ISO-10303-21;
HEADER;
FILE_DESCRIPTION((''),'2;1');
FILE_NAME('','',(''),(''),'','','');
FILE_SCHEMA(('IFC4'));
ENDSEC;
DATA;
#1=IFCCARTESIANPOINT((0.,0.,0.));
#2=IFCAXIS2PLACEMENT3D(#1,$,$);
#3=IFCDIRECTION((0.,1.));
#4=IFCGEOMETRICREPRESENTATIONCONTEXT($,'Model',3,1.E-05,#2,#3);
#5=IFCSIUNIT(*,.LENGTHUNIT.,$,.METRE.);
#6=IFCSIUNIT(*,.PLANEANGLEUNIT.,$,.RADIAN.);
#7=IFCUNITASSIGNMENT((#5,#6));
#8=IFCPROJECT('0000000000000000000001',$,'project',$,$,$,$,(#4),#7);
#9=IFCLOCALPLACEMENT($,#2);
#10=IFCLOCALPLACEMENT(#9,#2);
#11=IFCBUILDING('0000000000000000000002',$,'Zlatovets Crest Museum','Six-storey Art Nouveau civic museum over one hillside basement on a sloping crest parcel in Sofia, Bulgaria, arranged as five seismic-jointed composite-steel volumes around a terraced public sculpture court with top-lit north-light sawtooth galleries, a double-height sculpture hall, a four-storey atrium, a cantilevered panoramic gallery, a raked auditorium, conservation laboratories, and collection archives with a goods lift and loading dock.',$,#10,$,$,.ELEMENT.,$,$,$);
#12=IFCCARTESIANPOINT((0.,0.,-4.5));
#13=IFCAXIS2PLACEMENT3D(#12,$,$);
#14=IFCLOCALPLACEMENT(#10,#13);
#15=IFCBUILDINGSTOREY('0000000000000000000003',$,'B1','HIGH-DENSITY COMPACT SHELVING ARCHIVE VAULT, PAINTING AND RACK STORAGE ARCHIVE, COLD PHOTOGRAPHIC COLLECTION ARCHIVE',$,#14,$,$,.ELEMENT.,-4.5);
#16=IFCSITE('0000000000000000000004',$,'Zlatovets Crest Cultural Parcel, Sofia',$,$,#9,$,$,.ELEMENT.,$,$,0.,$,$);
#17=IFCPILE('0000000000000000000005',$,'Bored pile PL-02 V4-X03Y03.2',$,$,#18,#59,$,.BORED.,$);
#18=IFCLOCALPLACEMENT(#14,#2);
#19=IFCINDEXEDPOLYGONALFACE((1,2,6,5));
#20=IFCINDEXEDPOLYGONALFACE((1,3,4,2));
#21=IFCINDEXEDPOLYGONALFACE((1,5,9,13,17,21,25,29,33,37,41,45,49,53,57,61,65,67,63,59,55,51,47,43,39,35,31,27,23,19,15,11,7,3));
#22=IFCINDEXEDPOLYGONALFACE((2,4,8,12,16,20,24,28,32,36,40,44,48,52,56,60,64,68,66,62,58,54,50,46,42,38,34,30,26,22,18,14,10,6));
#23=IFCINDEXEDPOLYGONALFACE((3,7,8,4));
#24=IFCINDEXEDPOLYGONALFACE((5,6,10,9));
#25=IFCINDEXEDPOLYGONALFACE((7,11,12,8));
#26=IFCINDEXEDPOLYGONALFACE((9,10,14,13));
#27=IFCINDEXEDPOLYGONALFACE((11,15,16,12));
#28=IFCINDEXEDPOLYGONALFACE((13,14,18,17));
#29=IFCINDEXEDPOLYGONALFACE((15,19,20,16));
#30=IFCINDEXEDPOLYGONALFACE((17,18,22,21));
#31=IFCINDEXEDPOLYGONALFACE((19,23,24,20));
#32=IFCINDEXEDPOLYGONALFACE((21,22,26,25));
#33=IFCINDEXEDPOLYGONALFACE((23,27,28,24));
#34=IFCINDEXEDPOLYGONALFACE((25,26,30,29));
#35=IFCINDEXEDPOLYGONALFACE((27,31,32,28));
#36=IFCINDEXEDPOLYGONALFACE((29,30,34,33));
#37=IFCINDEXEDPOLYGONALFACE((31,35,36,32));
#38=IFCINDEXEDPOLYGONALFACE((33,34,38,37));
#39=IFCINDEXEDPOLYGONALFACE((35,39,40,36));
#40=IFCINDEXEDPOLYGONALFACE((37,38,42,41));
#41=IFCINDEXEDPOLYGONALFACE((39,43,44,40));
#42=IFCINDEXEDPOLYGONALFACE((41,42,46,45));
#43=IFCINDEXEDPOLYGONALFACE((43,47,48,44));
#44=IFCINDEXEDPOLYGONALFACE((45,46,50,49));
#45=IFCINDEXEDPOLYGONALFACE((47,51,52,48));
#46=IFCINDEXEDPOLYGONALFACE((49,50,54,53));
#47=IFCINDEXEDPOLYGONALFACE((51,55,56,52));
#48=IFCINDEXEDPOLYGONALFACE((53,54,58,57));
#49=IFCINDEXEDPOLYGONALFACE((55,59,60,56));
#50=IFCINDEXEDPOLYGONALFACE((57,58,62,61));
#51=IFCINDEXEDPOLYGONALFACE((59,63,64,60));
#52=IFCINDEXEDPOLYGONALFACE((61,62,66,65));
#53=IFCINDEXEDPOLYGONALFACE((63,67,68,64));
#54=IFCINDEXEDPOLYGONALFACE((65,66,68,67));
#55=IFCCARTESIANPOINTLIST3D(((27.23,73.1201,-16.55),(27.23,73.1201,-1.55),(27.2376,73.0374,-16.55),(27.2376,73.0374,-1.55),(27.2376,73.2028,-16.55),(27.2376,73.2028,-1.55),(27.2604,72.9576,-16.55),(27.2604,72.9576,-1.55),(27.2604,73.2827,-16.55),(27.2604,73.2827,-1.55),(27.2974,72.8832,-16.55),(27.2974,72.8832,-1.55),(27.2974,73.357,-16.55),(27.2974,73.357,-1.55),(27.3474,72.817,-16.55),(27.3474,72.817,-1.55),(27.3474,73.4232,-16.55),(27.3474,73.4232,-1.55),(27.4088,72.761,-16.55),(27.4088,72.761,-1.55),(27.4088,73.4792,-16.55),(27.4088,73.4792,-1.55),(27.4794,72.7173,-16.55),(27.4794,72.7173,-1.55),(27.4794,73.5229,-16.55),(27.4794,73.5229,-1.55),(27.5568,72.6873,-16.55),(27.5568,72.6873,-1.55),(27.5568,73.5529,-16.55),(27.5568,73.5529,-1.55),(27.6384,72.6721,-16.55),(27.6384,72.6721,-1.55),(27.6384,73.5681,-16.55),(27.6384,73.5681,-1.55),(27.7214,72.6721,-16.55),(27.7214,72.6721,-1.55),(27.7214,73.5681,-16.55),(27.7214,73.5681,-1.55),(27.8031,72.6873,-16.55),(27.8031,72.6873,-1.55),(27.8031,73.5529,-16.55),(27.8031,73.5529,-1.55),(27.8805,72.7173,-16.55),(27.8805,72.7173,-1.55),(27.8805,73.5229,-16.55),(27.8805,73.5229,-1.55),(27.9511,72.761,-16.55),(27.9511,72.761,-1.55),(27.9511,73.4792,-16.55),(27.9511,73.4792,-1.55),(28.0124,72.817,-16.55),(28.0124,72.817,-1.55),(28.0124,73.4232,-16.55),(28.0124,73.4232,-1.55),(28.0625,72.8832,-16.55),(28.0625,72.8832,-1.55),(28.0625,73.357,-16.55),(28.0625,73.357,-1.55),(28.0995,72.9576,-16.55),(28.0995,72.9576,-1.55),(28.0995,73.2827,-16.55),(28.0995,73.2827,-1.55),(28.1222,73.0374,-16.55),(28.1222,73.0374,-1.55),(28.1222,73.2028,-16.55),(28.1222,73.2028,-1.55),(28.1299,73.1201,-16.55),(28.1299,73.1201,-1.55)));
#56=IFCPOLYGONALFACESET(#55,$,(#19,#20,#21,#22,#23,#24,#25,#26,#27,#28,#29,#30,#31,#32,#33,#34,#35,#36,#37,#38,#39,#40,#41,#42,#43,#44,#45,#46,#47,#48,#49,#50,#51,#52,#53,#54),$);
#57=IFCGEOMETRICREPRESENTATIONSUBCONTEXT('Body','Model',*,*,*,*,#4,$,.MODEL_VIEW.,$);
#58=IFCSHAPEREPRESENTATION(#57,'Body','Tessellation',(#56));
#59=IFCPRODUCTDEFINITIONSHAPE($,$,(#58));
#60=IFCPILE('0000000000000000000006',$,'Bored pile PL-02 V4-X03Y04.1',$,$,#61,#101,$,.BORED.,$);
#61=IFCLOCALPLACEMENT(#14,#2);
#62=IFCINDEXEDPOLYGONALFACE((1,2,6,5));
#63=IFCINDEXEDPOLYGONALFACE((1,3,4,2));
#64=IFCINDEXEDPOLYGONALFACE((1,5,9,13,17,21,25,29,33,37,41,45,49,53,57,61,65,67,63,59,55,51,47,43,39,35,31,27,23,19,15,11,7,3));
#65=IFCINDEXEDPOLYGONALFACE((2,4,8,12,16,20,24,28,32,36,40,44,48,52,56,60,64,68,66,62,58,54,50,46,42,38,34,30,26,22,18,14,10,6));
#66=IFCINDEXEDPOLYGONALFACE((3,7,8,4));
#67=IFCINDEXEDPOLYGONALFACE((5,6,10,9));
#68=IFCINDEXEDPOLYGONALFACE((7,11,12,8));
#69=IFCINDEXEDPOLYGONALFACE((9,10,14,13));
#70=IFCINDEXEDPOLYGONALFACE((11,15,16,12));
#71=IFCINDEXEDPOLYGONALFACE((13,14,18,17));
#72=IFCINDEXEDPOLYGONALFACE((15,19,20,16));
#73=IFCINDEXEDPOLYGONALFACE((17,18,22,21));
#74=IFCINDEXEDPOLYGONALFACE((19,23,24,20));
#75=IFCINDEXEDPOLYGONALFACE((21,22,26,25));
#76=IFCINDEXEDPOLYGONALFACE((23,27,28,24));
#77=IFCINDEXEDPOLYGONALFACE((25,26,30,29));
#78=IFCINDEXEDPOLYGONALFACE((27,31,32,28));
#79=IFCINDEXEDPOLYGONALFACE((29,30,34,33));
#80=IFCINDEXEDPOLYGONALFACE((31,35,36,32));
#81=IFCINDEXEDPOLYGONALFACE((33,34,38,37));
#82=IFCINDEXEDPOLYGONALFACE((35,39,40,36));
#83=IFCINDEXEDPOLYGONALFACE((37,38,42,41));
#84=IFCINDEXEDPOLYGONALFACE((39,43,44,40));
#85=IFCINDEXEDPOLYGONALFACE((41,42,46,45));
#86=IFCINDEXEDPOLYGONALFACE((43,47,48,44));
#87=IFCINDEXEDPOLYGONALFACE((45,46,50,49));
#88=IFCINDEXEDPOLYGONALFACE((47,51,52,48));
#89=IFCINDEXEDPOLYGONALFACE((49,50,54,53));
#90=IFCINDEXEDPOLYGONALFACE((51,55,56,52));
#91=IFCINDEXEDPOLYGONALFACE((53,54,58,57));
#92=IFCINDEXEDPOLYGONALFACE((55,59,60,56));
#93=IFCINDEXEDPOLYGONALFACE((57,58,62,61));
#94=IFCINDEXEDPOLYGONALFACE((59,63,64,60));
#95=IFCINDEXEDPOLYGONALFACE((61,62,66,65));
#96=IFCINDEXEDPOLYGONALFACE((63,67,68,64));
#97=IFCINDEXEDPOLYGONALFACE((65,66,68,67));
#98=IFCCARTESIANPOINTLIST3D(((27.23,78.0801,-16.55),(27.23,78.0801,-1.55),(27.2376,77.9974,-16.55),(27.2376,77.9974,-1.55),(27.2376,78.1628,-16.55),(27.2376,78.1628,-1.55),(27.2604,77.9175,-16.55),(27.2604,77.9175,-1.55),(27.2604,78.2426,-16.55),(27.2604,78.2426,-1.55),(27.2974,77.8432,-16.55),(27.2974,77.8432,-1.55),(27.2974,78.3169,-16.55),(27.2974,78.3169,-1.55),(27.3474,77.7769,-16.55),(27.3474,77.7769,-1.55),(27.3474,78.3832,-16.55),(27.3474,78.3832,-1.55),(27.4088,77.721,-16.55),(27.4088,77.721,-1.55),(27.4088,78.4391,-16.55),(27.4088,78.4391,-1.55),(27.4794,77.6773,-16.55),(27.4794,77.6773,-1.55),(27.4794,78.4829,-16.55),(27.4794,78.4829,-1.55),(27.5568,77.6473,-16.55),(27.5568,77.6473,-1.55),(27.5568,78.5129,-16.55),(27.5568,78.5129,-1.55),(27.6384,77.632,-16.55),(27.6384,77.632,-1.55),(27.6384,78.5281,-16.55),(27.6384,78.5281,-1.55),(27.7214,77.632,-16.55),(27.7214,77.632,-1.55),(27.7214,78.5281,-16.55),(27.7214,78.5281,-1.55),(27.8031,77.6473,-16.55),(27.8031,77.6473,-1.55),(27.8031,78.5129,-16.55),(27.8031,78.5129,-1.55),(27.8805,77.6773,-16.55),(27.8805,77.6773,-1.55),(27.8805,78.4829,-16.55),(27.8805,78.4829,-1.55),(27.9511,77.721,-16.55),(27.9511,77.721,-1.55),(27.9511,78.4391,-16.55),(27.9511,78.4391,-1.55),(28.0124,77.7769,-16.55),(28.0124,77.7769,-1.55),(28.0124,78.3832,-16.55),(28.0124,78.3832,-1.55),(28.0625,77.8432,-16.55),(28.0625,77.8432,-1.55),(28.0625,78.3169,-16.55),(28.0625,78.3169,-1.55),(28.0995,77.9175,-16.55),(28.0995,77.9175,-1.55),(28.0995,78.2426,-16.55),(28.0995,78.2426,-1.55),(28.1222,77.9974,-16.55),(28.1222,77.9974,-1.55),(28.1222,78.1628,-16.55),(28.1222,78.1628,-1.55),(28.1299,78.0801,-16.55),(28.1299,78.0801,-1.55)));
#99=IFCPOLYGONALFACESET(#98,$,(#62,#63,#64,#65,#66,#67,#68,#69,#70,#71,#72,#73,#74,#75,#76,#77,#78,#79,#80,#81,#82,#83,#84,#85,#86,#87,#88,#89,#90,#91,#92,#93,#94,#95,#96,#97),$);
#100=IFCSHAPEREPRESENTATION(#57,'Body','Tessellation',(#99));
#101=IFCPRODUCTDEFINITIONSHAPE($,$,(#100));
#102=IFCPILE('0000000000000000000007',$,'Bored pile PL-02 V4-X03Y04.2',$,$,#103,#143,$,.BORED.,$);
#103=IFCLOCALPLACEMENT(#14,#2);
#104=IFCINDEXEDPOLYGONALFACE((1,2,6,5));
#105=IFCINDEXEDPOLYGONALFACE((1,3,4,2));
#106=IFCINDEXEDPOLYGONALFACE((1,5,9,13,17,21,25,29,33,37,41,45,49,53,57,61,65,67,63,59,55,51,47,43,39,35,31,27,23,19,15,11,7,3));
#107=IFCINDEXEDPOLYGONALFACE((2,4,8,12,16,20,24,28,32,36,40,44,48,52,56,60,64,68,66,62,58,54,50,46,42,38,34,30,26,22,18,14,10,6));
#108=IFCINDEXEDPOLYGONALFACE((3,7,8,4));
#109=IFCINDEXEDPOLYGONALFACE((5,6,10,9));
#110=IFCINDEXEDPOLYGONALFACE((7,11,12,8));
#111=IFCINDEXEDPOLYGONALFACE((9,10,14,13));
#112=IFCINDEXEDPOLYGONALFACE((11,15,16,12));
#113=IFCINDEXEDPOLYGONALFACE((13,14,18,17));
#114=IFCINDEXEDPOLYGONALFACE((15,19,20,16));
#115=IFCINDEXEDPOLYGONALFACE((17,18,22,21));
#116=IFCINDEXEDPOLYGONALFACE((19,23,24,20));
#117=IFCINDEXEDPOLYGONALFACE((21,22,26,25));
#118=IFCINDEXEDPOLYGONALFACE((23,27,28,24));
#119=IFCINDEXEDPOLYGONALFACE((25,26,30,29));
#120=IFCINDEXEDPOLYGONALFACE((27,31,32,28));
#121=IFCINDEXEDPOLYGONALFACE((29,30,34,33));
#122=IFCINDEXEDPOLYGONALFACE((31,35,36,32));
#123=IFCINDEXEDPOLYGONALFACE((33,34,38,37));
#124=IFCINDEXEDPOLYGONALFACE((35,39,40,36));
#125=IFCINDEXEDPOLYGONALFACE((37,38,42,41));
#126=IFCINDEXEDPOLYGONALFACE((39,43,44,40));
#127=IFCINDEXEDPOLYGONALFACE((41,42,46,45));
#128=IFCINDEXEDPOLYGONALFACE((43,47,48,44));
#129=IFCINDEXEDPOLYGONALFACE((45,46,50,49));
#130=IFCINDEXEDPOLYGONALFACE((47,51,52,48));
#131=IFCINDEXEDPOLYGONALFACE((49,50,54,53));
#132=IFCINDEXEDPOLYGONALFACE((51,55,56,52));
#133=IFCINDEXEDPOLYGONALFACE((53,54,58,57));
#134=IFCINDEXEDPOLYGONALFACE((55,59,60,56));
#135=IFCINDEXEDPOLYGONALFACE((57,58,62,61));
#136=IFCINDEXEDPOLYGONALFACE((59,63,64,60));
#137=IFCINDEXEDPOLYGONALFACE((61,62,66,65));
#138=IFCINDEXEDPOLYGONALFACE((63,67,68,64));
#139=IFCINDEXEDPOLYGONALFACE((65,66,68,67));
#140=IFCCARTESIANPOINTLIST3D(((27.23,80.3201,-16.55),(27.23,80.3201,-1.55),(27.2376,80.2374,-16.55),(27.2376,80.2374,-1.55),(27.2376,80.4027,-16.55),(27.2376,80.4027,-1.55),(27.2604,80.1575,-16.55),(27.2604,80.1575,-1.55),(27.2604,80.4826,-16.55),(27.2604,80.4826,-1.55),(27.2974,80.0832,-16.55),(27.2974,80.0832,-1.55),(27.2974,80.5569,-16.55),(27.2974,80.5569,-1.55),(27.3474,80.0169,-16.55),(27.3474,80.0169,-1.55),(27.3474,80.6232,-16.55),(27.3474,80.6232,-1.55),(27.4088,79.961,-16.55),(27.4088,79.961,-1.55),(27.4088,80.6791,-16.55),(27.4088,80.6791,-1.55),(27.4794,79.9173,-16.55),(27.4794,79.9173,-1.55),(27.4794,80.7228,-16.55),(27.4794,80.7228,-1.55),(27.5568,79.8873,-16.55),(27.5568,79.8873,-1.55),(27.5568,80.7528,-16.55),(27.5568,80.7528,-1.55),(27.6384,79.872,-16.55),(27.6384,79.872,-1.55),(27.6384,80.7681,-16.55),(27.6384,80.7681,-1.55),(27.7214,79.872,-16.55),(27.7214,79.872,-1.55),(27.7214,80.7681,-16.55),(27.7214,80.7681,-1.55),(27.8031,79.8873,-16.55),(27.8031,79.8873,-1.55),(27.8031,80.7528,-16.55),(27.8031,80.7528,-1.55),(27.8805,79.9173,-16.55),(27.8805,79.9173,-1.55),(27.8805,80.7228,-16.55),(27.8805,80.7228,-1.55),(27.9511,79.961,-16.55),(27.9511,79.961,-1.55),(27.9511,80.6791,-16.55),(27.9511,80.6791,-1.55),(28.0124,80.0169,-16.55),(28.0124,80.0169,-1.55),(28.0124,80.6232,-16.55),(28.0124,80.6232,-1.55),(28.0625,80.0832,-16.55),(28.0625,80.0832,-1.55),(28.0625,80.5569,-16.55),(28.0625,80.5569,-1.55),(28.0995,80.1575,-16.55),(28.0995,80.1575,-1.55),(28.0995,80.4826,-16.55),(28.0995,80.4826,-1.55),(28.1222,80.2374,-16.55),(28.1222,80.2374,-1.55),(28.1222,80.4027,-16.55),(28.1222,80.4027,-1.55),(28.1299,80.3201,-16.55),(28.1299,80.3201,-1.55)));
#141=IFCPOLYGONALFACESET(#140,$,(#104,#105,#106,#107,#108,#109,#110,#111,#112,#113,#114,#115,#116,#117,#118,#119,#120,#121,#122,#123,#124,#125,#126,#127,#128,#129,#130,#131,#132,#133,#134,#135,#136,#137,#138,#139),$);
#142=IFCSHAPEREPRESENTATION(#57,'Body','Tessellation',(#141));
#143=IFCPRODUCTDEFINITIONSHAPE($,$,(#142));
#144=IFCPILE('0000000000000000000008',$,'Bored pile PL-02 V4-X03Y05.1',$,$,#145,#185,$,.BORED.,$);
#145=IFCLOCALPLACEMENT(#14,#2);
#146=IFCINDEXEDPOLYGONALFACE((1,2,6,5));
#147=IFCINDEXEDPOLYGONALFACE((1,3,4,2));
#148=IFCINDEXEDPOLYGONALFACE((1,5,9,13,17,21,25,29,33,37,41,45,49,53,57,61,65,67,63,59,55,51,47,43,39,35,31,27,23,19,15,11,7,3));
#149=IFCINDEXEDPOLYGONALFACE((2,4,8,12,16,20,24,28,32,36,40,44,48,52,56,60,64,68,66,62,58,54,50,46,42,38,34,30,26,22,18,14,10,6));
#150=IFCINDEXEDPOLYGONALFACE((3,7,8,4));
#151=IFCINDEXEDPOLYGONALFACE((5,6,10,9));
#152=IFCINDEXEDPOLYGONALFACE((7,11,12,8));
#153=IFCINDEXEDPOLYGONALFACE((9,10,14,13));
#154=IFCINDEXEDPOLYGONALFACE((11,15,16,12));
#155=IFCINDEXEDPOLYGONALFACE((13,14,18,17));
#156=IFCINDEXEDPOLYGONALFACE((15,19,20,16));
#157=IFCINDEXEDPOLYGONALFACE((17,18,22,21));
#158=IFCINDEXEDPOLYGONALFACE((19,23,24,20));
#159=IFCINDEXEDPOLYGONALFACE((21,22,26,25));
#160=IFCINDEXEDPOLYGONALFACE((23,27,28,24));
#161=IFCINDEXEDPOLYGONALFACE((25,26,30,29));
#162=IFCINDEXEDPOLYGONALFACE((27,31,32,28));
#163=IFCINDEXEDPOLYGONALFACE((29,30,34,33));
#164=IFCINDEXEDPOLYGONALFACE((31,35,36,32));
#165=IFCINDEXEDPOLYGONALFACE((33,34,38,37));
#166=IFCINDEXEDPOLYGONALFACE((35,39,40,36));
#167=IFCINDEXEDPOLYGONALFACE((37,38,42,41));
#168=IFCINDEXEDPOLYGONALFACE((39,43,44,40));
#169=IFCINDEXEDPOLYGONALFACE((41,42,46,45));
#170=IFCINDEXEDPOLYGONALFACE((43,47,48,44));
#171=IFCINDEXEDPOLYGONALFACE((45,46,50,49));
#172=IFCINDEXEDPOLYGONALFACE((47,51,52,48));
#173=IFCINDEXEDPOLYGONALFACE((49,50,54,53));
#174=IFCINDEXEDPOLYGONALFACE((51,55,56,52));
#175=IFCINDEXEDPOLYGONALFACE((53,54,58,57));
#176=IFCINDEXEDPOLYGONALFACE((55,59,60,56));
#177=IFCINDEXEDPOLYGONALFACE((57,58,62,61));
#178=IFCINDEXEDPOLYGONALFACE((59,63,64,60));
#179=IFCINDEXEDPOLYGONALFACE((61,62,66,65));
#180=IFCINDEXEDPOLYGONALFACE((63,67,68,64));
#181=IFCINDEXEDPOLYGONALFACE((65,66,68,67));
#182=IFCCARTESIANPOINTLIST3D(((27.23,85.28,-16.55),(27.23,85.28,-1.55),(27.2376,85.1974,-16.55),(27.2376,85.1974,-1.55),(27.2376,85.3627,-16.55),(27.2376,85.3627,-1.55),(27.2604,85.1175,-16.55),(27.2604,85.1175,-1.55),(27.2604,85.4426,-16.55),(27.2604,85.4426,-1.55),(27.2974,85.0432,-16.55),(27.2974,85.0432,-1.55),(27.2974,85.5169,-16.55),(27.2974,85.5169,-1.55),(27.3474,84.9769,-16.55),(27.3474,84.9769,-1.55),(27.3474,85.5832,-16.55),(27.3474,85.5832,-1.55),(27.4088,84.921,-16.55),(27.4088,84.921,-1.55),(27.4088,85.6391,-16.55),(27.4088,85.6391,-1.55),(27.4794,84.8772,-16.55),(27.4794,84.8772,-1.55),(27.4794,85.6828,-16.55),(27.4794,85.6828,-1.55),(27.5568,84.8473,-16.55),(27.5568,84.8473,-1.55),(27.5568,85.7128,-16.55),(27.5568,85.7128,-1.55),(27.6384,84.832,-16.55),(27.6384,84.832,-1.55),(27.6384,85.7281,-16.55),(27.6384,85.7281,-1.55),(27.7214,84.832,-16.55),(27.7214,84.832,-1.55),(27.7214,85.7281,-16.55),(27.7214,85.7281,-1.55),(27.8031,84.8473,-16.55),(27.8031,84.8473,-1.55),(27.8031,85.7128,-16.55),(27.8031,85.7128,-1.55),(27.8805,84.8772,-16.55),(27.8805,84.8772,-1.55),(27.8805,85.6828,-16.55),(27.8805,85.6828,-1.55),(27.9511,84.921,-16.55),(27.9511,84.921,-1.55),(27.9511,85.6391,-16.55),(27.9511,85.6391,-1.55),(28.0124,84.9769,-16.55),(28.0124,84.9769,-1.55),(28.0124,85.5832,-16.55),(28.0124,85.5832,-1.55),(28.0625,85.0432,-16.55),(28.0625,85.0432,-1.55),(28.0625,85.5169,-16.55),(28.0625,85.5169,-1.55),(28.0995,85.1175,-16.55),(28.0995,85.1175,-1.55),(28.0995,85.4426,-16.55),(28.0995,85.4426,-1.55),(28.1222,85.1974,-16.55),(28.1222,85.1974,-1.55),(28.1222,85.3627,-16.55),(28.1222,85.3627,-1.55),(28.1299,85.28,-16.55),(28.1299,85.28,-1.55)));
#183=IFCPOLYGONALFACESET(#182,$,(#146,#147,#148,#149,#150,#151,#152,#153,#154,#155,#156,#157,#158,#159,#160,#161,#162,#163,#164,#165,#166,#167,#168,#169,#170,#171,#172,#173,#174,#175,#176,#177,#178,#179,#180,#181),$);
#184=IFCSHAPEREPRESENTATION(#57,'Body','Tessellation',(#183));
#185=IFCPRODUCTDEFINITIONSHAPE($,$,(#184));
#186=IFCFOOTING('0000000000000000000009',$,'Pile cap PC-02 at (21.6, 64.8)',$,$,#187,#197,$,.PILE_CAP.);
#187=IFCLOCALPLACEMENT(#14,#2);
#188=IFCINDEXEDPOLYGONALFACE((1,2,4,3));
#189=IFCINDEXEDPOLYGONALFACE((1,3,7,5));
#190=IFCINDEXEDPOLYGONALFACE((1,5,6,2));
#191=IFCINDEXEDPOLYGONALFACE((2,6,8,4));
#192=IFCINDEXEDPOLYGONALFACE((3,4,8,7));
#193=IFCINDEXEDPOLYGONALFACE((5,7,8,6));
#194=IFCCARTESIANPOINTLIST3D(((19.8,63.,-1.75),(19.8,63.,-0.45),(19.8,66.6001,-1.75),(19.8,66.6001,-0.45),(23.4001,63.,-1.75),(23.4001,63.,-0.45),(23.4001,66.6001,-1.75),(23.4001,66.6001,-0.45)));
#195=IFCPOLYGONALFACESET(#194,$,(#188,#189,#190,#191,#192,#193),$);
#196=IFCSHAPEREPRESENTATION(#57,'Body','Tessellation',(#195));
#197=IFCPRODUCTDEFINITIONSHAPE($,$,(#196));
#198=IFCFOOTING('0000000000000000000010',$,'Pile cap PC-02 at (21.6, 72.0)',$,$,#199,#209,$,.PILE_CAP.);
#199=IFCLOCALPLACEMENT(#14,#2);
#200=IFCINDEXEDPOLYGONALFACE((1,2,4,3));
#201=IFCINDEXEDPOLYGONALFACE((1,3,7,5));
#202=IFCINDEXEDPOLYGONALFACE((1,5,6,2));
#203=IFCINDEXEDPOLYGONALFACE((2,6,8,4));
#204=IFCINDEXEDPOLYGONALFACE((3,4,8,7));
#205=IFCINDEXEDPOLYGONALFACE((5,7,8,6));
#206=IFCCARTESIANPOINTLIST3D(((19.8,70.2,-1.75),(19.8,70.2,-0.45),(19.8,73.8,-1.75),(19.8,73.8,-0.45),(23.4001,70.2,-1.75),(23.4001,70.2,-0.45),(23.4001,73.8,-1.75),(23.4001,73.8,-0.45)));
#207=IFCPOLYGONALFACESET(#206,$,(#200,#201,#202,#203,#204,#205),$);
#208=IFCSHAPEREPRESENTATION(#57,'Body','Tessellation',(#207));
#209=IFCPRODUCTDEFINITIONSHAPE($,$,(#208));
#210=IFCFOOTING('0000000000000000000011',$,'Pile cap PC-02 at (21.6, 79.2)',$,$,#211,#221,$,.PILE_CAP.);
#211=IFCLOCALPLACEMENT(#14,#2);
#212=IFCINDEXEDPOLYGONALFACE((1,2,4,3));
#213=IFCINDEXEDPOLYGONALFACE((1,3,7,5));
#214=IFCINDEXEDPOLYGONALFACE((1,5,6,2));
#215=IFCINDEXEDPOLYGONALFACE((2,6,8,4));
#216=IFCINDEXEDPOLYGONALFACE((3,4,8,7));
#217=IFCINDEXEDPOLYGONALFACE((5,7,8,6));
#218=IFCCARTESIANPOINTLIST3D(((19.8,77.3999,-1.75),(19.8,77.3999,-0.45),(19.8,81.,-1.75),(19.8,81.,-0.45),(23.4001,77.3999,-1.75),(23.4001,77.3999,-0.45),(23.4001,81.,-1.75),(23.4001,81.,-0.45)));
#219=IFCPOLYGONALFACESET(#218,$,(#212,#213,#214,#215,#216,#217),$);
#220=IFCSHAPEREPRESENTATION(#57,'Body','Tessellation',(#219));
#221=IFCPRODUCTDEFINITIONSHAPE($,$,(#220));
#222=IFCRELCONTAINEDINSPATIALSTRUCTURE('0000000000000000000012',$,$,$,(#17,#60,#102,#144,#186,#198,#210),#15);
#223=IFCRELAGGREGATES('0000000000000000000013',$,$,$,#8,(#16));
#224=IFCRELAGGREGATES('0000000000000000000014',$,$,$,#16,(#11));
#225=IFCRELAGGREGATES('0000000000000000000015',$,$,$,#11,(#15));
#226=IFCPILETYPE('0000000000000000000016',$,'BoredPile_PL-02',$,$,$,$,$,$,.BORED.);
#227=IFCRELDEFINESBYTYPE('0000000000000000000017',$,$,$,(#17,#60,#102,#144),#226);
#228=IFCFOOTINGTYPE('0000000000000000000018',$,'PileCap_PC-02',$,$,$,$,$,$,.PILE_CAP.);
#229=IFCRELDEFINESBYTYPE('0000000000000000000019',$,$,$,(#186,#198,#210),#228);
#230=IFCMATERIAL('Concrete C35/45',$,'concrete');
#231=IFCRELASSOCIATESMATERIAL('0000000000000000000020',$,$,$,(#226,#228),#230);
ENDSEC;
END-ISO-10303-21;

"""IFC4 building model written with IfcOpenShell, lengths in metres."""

from ifc_helpers import new_model, si_unit, direction, frame, origin, origin_2d, place, context, subcontext, project, spatial, rectangle, circle, extrude, material, material_profile, profile_set, type_object, element, save


model = new_model("IFC4")

# Units and contexts
model_context = context("Model", 3, precision=1e-05, world=origin(), true_north=direction((0.0, 1.0)))
body_context = subcontext(model_context, "Body", "Model", "MODEL_VIEW")
ifc_project = project(units=[si_unit("LENGTHUNIT", "METRE"), si_unit("PLANEANGLEUNIT", "RADIAN")], contexts=[model_context])

# Site, building, storey
site_placement = place(None, origin())
site = spatial("IfcSite", under=ifc_project, at=site_placement, Name="Zlatovets Crest Cultural Parcel, Sofia", CompositionType="ELEMENT", RefElevation=0.0)
building_placement = place(site_placement, origin())
building = spatial("IfcBuilding", under=site, at=building_placement, Name="Zlatovets Crest Museum", Description="Six-storey Art Nouveau civic museum over one hillside basement on a sloping crest parcel in Sofia, Bulgaria, arranged as five seismic-jointed composite-steel volumes around a terraced public sculpture court with top-lit north-light sawtooth galleries, a double-height sculpture hall, a four-storey atrium, a cantilevered panoramic gallery, a raked auditorium, conservation laboratories, and collection archives with a goods lift and loading dock.", CompositionType="ELEMENT")
storey_placement = place(building_placement, frame((0.0, 0.0, -4.5)))
storey = spatial("IfcBuildingStorey", under=building, at=storey_placement, Name="B1", Description="HIGH-DENSITY COMPACT SHELVING ARCHIVE VAULT, PAINTING AND RACK STORAGE ARCHIVE, COLD PHOTOGRAPHIC COLLECTION ARCHIVE", CompositionType="ELEMENT", Elevation=-4.5)

# Piles
ifc_material_1 = material(Name="Concrete C35/45", Category="concrete")
ifc_material_profile_1 = material_profile(ifc_material_1, circle(Radius=0.45, at=origin_2d()), Name="PILE D900")
ifc_profile_set_1 = profile_set([ifc_material_profile_1], Name="Concrete C35/45")
pile_type = type_object("IfcPileType", Name="BoredPile_PL-02", PredefinedType="BORED", material=ifc_profile_set_1)
for number, where, z_axis, x_axis, name in (
    (1, (27.6799, 73.1201, -1.55), (0.0, 0.0, -1.0), (1.0, 0.0, 0.0), "Bored pile PL-02 V4-X03Y03.2"),
    (2, (27.6799, 78.0801, -1.55), (0.0, 0.0, -1.0), (1.0, 0.0, 0.0), "Bored pile PL-02 V4-X03Y04.1"),
    (3, (27.6799, 80.3201, -1.55), (0.0, 0.0, -1.0), (1.0, 0.0, 0.0), "Bored pile PL-02 V4-X03Y04.2"),
    (4, (27.6799, 85.28, -1.55), (0.0, 0.0, -1.0), (1.0, 0.0, 0.0), "Bored pile PL-02 V4-X03Y05.1"),
):
    element("IfcPile", number, at=place(storey_placement, frame(where, z_axis=z_axis, x_axis=x_axis)), inside=storey, type_object=pile_type, Name=name, PredefinedType="BORED", context=body_context, shape_type="SweptSolid", body=[
        extrude(circle(Radius=0.45, at=origin_2d()), origin(), (0.0, 0.0, 1.0), 15.0),
    ])

# Footings
footing_type = type_object("IfcFootingType", Name="PileCap_PC-02", PredefinedType="PILE_CAP", material=ifc_material_1)
for number, where, z_axis, x_axis, name in (
    (5, (21.6001, 64.8, -1.75), (0.0, 0.0, 1.0), (1.0, 0.0, 0.0), "Pile cap PC-02 at (21.6, 64.8)"),
    (6, (21.6001, 72.0, -1.75), (0.0, 0.0, 1.0), (1.0, 0.0, 0.0), "Pile cap PC-02 at (21.6, 72.0)"),
    (7, (21.6001, 79.2, -1.75), (0.0, 0.0, 1.0), (1.0, 0.0, 0.0), "Pile cap PC-02 at (21.6, 79.2)"),
):
    element("IfcFooting", number, at=place(storey_placement, frame(where, z_axis=z_axis, x_axis=x_axis)), inside=storey, type_object=footing_type, Name=name, PredefinedType="PILE_CAP", context=body_context, shape_type="SweptSolid", body=[
        extrude(rectangle(XDim=3.6001, YDim=3.6001, at=origin_2d()), origin(), (0.0, 0.0, 1.0), 1.3),
    ])

save(model, "model.ifc")
